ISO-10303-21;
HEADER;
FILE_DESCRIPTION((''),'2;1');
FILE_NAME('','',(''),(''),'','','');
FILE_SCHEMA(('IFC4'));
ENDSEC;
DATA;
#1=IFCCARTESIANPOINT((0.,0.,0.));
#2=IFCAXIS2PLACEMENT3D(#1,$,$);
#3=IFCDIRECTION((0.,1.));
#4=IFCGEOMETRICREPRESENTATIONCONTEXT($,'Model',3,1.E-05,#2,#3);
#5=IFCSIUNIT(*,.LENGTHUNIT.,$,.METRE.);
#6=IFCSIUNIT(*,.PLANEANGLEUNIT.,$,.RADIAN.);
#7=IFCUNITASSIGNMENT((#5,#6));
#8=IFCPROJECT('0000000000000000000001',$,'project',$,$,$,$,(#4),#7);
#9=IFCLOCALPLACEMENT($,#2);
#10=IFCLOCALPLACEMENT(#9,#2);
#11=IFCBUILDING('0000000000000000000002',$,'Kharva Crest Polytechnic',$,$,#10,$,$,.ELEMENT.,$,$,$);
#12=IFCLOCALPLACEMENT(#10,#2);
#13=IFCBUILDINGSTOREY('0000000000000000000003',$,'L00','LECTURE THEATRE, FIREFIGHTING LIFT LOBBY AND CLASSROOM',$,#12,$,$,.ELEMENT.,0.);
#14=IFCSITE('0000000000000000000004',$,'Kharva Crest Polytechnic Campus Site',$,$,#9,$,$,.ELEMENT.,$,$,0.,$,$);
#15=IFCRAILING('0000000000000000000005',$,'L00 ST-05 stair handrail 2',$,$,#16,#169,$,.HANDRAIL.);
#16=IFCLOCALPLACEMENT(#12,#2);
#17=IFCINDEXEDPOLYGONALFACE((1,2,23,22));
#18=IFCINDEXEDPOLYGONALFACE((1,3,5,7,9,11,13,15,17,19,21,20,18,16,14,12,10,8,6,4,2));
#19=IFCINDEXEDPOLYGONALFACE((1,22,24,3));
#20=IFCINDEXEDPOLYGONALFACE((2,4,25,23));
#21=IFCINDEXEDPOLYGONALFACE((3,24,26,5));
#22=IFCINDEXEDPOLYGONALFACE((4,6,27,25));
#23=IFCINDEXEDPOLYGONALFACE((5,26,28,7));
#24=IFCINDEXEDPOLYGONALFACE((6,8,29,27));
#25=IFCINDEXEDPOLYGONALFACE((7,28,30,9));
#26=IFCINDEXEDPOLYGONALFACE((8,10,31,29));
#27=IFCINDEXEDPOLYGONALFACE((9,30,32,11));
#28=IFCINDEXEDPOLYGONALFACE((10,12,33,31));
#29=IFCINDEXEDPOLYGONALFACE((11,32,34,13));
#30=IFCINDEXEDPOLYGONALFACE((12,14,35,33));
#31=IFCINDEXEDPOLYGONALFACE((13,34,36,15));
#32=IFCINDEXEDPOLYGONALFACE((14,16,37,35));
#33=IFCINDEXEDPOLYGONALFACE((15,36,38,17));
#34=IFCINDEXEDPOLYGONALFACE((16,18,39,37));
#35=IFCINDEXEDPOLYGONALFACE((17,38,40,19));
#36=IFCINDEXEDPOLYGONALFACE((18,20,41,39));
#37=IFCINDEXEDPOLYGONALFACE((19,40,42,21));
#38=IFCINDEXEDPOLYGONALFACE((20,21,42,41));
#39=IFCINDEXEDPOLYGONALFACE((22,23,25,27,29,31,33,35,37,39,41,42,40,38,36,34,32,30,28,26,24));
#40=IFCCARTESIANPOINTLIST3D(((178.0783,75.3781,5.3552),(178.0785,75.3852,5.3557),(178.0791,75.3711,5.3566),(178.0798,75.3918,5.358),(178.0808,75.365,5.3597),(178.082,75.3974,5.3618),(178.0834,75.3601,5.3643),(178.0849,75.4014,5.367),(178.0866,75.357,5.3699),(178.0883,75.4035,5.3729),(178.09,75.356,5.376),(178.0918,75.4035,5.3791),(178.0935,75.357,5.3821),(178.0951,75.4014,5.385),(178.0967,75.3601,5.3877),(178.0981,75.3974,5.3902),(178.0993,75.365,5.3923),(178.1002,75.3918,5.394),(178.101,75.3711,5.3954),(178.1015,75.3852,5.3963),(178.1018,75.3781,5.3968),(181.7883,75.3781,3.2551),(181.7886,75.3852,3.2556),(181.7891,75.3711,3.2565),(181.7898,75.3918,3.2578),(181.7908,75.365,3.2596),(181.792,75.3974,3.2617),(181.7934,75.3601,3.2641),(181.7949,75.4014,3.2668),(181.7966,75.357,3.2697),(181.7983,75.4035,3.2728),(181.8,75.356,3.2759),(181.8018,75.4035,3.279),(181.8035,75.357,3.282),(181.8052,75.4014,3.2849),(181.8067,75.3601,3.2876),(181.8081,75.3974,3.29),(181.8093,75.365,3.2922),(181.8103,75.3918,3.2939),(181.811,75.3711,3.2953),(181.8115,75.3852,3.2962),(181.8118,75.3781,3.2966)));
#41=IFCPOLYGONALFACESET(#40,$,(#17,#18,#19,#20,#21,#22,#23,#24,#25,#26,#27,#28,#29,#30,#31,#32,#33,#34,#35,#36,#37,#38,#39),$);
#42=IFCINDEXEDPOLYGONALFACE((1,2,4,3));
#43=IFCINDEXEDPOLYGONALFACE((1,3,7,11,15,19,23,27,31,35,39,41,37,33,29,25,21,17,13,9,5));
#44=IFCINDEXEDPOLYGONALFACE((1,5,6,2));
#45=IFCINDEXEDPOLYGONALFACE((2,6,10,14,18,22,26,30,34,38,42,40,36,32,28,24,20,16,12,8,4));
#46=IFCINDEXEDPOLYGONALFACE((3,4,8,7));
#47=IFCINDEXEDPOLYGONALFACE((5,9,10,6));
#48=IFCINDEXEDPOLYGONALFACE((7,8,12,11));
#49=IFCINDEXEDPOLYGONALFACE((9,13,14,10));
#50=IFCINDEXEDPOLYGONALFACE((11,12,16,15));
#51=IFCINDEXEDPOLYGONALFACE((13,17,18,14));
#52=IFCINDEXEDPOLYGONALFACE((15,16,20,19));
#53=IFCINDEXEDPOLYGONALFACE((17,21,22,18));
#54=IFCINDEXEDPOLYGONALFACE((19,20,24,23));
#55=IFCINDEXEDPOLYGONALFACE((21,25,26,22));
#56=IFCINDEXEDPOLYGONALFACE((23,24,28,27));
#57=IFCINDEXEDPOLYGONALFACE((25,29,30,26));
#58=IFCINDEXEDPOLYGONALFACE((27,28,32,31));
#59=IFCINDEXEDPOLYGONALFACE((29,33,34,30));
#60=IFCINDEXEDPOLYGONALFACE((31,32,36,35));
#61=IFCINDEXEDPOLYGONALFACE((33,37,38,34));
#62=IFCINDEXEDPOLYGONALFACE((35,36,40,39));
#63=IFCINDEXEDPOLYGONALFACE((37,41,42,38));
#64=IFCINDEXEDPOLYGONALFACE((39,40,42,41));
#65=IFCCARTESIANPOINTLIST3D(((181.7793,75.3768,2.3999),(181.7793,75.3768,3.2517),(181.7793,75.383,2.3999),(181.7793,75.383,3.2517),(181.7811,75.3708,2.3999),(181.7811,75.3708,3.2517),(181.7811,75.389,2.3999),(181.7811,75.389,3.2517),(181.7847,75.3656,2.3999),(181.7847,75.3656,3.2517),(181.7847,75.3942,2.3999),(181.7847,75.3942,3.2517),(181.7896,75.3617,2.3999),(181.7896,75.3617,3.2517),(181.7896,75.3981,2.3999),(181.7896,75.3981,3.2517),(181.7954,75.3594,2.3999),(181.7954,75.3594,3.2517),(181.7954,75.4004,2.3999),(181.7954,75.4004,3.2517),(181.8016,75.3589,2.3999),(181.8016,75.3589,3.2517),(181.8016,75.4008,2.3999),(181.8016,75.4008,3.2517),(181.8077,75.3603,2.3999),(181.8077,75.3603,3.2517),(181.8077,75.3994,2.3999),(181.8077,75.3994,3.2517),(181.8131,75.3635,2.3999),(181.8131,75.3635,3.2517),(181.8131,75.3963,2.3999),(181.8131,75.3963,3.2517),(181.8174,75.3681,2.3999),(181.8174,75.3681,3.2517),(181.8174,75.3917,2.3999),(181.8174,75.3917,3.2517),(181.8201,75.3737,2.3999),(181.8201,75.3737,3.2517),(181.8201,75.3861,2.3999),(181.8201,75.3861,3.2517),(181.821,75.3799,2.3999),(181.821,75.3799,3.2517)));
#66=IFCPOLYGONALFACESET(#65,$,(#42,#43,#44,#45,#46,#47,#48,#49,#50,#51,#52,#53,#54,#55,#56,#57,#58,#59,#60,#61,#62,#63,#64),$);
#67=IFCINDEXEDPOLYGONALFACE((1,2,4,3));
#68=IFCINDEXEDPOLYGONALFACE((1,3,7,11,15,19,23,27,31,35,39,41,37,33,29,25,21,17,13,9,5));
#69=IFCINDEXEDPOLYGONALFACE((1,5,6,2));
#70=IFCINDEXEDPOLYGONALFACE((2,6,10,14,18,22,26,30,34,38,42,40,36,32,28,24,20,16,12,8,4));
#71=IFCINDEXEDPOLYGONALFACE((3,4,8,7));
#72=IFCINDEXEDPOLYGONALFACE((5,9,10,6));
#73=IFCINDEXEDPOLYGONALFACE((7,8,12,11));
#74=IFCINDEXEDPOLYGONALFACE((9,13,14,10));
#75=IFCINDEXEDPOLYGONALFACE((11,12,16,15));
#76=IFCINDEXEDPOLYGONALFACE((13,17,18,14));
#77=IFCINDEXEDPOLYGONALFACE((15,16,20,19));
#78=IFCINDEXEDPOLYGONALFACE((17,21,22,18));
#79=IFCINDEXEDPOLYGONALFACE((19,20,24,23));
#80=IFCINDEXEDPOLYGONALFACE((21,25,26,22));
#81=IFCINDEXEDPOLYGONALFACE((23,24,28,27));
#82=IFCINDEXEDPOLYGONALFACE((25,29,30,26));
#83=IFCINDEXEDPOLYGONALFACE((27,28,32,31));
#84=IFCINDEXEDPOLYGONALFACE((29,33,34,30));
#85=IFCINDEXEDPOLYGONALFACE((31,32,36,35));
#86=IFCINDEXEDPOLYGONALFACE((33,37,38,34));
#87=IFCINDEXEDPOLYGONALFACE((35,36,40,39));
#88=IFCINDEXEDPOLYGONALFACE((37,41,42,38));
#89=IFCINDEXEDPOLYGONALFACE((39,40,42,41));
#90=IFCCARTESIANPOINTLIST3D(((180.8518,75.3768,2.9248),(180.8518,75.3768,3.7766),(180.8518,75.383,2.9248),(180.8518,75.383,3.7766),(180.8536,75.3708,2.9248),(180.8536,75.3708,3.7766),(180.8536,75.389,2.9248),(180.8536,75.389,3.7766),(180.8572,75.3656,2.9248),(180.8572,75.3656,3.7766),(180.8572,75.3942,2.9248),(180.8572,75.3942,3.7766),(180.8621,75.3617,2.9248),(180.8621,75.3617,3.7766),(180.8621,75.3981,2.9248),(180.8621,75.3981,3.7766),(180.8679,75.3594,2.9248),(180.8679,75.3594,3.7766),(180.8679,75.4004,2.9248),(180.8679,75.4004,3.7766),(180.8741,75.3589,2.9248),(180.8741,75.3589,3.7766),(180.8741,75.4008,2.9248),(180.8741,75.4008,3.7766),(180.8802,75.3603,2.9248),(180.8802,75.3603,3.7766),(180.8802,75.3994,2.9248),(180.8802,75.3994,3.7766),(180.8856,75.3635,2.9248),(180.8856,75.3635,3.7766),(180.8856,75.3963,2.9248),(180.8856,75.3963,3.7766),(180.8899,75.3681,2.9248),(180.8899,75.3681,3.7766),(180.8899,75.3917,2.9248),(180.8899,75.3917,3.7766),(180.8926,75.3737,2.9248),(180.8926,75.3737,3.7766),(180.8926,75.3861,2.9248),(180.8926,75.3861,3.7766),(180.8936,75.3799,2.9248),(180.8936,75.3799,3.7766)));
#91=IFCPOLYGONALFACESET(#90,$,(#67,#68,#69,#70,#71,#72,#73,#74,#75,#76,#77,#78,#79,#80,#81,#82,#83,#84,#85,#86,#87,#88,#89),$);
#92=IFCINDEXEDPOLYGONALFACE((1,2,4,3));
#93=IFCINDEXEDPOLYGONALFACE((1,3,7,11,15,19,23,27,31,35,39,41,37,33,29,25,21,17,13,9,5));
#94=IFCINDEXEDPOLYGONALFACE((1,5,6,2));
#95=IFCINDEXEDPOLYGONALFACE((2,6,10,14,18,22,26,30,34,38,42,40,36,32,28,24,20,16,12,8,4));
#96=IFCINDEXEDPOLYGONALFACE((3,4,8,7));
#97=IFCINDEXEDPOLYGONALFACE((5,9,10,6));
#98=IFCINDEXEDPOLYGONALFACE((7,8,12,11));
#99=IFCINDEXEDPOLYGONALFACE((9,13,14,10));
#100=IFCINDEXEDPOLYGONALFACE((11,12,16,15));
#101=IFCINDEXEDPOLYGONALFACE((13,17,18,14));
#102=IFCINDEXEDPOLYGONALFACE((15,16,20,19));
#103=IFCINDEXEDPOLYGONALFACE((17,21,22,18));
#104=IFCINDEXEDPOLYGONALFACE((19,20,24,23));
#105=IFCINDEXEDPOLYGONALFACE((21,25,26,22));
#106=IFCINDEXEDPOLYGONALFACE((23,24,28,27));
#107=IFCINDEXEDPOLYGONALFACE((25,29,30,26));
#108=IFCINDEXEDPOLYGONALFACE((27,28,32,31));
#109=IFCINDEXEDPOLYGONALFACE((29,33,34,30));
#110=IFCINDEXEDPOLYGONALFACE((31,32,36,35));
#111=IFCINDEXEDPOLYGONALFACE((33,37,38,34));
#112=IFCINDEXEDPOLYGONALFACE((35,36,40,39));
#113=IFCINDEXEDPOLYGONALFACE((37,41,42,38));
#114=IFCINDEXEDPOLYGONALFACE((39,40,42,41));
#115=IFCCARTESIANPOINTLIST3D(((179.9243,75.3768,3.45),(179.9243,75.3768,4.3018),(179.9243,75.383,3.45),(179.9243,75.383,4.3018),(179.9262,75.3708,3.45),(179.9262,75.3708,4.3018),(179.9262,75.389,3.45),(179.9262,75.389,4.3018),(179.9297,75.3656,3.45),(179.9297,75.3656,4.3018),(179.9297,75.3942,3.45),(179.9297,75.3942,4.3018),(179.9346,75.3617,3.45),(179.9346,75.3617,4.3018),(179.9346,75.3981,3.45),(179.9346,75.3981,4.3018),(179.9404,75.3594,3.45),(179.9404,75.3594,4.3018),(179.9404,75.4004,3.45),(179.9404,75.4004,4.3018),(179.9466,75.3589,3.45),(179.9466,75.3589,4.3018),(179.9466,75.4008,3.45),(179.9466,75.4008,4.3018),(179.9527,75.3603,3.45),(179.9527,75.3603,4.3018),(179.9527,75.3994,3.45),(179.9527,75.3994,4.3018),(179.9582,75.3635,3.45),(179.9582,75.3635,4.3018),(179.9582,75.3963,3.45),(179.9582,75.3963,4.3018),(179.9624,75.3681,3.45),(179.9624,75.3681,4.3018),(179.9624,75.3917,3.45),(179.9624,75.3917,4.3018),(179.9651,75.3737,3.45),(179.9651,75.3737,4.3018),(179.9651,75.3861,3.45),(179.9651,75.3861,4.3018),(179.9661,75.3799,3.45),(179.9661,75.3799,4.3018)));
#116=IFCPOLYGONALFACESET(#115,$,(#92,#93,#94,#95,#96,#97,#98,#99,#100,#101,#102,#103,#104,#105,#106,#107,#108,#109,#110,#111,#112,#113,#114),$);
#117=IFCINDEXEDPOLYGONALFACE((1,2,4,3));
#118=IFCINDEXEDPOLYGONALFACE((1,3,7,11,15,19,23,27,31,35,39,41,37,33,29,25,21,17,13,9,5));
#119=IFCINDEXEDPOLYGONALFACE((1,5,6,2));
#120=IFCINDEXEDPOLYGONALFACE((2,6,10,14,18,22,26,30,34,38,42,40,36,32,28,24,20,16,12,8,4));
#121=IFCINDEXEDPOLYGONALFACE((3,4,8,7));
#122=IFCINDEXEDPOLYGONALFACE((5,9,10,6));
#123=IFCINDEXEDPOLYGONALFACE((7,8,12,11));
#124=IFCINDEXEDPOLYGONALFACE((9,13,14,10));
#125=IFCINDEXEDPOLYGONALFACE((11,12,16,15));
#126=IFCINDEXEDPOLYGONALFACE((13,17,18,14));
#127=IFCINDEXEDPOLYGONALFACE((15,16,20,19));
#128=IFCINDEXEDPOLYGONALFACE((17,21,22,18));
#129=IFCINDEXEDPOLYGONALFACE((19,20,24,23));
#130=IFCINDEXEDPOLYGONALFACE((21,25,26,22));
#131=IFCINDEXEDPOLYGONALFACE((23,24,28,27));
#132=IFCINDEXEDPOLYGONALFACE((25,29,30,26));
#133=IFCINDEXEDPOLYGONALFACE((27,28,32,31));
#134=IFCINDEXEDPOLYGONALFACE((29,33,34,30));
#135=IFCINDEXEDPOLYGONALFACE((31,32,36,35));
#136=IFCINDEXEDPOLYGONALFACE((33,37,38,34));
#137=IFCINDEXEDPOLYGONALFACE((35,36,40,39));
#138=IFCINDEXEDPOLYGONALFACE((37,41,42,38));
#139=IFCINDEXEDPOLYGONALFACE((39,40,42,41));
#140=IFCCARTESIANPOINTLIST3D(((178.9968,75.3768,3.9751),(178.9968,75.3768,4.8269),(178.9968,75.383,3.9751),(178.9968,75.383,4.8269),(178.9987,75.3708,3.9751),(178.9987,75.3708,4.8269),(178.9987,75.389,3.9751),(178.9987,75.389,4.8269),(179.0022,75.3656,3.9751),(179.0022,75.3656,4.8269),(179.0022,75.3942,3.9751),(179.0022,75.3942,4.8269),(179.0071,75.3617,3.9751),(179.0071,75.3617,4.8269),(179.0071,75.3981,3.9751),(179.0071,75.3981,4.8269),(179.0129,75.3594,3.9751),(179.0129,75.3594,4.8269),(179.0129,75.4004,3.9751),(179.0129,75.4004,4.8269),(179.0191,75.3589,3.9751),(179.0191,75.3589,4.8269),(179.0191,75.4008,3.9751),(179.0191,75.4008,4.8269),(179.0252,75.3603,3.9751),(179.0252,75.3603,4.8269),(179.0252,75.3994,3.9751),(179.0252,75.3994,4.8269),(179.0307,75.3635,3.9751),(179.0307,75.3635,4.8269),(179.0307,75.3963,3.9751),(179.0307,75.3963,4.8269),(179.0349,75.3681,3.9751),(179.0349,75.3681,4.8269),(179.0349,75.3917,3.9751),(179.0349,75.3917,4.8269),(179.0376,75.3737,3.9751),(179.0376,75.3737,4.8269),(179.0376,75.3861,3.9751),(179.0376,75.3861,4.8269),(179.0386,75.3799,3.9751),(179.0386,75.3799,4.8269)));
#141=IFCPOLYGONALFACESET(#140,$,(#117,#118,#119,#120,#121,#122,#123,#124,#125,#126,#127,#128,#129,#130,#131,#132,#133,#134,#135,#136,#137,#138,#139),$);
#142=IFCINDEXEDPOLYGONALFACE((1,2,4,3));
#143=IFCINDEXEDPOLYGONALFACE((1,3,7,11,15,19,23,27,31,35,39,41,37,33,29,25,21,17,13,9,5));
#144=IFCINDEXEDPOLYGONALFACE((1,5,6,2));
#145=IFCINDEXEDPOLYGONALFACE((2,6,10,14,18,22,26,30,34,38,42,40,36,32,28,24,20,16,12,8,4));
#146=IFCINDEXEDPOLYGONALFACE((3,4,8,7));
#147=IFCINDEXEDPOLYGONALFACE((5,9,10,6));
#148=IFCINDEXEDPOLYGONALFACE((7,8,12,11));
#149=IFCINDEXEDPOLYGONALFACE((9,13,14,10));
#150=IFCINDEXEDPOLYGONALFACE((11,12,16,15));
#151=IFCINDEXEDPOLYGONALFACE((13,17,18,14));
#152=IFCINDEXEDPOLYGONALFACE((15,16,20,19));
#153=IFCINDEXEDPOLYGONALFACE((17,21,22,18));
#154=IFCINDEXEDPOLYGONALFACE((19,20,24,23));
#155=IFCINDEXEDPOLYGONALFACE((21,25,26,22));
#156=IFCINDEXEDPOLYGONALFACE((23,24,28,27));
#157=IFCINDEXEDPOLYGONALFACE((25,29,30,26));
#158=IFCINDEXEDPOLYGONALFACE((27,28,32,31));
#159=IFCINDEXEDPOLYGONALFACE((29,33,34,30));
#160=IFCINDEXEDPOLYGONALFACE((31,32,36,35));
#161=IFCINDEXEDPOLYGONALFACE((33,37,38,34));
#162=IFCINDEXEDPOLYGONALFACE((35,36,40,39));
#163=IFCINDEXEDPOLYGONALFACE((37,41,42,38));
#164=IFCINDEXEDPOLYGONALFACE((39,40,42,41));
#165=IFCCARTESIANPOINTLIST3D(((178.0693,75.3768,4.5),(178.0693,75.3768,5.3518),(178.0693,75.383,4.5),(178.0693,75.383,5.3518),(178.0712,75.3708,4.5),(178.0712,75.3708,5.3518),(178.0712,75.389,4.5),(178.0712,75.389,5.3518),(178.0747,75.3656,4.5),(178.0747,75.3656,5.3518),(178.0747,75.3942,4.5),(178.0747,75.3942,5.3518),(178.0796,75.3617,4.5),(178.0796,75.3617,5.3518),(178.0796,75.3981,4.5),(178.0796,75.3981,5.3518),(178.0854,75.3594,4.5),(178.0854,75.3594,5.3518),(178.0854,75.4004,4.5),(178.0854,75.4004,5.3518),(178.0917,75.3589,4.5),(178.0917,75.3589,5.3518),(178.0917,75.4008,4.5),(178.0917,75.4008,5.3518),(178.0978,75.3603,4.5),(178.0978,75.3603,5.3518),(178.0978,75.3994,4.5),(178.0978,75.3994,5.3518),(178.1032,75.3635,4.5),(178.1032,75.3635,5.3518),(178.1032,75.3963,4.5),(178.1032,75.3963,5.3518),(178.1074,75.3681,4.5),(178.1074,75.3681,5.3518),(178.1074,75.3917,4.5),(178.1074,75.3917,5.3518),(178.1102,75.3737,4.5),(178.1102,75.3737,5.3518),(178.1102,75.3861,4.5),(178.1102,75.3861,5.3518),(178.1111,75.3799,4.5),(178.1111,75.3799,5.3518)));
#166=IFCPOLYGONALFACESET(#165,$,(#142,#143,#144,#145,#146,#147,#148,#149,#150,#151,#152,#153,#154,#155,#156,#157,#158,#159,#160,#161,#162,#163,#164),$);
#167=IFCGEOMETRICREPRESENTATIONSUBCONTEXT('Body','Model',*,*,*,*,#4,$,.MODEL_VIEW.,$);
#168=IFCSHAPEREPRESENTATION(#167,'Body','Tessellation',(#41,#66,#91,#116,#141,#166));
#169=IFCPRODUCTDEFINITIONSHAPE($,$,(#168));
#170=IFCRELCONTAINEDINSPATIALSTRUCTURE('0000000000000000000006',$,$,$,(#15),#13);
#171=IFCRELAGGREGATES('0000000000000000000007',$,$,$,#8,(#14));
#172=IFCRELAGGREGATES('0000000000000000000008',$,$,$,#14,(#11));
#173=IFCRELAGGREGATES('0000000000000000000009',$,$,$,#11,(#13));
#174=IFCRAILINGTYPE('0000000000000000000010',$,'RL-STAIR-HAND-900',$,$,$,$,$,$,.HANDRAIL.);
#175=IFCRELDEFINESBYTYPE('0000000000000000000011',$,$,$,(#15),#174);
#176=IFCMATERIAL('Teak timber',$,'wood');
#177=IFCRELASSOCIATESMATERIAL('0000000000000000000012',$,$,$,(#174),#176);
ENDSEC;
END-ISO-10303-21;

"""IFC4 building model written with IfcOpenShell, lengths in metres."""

from ifc_helpers import new_model, si_unit, direction, frame, origin, origin_2d, place, context, subcontext, project, spatial, circle, extrude, material, type_object, element, save


model = new_model("IFC4")

# Units and contexts
model_context = context("Model", 3, precision=1e-05, world=origin(), true_north=direction((0.0, 1.0)))
body_context = subcontext(model_context, "Body", "Model", "MODEL_VIEW")
ifc_project = project(units=[si_unit("LENGTHUNIT", "METRE"), si_unit("PLANEANGLEUNIT", "RADIAN")], contexts=[model_context])

# Site, building, storey
site_placement = place(None, origin())
site = spatial("IfcSite", under=ifc_project, at=site_placement, Name="Kharva Crest Polytechnic Campus Site", CompositionType="ELEMENT", RefElevation=0.0)
building_placement = place(site_placement, origin())
building = spatial("IfcBuilding", under=site, at=building_placement, Name="Kharva Crest Polytechnic", CompositionType="ELEMENT")
storey_placement = place(building_placement, origin())
storey = spatial("IfcBuildingStorey", under=building, at=storey_placement, Name="L00", Description="LECTURE THEATRE, FIREFIGHTING LIFT LOBBY AND CLASSROOM", CompositionType="ELEMENT", Elevation=0.0)

# Railing
ifc_material_1 = material(Name="Teak timber", Category="wood")
railing_type = type_object("IfcRailingType", Name="RL-STAIR-HAND-900", PredefinedType="HANDRAIL", material=ifc_material_1)
railing_placement = place(storey_placement, frame((181.8, 75.3799, 2.3999)))
element("IfcRailing", 1, at=railing_placement, inside=storey, type_object=railing_type, Name="L00 ST-05 stair handrail 2", PredefinedType="HANDRAIL", context=body_context, shape_type="SweptSolid", body=[
    extrude(circle(Radius=0.0239, at=origin_2d()), frame((0.0, 0.0, 0.876), z_axis=(-0.870245, 0.0, 0.492619), x_axis=(0.0, -1.0, 0.0)), (0.0, 0.0, 1.0), 4.2632),
    extrude(circle(Radius=0.021, at=origin_2d()), origin(), (0.0, 0.0, 1.0), 0.8518),
    extrude(circle(Radius=0.021, at=origin_2d()), frame((-0.9275, 0.0, 0.5249)), (0.0, 0.0, 1.0), 0.8518),
    extrude(circle(Radius=0.021, at=origin_2d()), frame((-1.855, 0.0, 1.05)), (0.0, 0.0, 1.0), 0.8518),
    extrude(circle(Radius=0.021, at=origin_2d()), frame((-2.7825, 0.0, 1.5752)), (0.0, 0.0, 1.0), 0.8518),
    extrude(circle(Radius=0.021, at=origin_2d()), frame((-3.71, 0.0, 2.1001)), (0.0, 0.0, 1.0), 0.8518),
])

save(model, "model.ifc")
